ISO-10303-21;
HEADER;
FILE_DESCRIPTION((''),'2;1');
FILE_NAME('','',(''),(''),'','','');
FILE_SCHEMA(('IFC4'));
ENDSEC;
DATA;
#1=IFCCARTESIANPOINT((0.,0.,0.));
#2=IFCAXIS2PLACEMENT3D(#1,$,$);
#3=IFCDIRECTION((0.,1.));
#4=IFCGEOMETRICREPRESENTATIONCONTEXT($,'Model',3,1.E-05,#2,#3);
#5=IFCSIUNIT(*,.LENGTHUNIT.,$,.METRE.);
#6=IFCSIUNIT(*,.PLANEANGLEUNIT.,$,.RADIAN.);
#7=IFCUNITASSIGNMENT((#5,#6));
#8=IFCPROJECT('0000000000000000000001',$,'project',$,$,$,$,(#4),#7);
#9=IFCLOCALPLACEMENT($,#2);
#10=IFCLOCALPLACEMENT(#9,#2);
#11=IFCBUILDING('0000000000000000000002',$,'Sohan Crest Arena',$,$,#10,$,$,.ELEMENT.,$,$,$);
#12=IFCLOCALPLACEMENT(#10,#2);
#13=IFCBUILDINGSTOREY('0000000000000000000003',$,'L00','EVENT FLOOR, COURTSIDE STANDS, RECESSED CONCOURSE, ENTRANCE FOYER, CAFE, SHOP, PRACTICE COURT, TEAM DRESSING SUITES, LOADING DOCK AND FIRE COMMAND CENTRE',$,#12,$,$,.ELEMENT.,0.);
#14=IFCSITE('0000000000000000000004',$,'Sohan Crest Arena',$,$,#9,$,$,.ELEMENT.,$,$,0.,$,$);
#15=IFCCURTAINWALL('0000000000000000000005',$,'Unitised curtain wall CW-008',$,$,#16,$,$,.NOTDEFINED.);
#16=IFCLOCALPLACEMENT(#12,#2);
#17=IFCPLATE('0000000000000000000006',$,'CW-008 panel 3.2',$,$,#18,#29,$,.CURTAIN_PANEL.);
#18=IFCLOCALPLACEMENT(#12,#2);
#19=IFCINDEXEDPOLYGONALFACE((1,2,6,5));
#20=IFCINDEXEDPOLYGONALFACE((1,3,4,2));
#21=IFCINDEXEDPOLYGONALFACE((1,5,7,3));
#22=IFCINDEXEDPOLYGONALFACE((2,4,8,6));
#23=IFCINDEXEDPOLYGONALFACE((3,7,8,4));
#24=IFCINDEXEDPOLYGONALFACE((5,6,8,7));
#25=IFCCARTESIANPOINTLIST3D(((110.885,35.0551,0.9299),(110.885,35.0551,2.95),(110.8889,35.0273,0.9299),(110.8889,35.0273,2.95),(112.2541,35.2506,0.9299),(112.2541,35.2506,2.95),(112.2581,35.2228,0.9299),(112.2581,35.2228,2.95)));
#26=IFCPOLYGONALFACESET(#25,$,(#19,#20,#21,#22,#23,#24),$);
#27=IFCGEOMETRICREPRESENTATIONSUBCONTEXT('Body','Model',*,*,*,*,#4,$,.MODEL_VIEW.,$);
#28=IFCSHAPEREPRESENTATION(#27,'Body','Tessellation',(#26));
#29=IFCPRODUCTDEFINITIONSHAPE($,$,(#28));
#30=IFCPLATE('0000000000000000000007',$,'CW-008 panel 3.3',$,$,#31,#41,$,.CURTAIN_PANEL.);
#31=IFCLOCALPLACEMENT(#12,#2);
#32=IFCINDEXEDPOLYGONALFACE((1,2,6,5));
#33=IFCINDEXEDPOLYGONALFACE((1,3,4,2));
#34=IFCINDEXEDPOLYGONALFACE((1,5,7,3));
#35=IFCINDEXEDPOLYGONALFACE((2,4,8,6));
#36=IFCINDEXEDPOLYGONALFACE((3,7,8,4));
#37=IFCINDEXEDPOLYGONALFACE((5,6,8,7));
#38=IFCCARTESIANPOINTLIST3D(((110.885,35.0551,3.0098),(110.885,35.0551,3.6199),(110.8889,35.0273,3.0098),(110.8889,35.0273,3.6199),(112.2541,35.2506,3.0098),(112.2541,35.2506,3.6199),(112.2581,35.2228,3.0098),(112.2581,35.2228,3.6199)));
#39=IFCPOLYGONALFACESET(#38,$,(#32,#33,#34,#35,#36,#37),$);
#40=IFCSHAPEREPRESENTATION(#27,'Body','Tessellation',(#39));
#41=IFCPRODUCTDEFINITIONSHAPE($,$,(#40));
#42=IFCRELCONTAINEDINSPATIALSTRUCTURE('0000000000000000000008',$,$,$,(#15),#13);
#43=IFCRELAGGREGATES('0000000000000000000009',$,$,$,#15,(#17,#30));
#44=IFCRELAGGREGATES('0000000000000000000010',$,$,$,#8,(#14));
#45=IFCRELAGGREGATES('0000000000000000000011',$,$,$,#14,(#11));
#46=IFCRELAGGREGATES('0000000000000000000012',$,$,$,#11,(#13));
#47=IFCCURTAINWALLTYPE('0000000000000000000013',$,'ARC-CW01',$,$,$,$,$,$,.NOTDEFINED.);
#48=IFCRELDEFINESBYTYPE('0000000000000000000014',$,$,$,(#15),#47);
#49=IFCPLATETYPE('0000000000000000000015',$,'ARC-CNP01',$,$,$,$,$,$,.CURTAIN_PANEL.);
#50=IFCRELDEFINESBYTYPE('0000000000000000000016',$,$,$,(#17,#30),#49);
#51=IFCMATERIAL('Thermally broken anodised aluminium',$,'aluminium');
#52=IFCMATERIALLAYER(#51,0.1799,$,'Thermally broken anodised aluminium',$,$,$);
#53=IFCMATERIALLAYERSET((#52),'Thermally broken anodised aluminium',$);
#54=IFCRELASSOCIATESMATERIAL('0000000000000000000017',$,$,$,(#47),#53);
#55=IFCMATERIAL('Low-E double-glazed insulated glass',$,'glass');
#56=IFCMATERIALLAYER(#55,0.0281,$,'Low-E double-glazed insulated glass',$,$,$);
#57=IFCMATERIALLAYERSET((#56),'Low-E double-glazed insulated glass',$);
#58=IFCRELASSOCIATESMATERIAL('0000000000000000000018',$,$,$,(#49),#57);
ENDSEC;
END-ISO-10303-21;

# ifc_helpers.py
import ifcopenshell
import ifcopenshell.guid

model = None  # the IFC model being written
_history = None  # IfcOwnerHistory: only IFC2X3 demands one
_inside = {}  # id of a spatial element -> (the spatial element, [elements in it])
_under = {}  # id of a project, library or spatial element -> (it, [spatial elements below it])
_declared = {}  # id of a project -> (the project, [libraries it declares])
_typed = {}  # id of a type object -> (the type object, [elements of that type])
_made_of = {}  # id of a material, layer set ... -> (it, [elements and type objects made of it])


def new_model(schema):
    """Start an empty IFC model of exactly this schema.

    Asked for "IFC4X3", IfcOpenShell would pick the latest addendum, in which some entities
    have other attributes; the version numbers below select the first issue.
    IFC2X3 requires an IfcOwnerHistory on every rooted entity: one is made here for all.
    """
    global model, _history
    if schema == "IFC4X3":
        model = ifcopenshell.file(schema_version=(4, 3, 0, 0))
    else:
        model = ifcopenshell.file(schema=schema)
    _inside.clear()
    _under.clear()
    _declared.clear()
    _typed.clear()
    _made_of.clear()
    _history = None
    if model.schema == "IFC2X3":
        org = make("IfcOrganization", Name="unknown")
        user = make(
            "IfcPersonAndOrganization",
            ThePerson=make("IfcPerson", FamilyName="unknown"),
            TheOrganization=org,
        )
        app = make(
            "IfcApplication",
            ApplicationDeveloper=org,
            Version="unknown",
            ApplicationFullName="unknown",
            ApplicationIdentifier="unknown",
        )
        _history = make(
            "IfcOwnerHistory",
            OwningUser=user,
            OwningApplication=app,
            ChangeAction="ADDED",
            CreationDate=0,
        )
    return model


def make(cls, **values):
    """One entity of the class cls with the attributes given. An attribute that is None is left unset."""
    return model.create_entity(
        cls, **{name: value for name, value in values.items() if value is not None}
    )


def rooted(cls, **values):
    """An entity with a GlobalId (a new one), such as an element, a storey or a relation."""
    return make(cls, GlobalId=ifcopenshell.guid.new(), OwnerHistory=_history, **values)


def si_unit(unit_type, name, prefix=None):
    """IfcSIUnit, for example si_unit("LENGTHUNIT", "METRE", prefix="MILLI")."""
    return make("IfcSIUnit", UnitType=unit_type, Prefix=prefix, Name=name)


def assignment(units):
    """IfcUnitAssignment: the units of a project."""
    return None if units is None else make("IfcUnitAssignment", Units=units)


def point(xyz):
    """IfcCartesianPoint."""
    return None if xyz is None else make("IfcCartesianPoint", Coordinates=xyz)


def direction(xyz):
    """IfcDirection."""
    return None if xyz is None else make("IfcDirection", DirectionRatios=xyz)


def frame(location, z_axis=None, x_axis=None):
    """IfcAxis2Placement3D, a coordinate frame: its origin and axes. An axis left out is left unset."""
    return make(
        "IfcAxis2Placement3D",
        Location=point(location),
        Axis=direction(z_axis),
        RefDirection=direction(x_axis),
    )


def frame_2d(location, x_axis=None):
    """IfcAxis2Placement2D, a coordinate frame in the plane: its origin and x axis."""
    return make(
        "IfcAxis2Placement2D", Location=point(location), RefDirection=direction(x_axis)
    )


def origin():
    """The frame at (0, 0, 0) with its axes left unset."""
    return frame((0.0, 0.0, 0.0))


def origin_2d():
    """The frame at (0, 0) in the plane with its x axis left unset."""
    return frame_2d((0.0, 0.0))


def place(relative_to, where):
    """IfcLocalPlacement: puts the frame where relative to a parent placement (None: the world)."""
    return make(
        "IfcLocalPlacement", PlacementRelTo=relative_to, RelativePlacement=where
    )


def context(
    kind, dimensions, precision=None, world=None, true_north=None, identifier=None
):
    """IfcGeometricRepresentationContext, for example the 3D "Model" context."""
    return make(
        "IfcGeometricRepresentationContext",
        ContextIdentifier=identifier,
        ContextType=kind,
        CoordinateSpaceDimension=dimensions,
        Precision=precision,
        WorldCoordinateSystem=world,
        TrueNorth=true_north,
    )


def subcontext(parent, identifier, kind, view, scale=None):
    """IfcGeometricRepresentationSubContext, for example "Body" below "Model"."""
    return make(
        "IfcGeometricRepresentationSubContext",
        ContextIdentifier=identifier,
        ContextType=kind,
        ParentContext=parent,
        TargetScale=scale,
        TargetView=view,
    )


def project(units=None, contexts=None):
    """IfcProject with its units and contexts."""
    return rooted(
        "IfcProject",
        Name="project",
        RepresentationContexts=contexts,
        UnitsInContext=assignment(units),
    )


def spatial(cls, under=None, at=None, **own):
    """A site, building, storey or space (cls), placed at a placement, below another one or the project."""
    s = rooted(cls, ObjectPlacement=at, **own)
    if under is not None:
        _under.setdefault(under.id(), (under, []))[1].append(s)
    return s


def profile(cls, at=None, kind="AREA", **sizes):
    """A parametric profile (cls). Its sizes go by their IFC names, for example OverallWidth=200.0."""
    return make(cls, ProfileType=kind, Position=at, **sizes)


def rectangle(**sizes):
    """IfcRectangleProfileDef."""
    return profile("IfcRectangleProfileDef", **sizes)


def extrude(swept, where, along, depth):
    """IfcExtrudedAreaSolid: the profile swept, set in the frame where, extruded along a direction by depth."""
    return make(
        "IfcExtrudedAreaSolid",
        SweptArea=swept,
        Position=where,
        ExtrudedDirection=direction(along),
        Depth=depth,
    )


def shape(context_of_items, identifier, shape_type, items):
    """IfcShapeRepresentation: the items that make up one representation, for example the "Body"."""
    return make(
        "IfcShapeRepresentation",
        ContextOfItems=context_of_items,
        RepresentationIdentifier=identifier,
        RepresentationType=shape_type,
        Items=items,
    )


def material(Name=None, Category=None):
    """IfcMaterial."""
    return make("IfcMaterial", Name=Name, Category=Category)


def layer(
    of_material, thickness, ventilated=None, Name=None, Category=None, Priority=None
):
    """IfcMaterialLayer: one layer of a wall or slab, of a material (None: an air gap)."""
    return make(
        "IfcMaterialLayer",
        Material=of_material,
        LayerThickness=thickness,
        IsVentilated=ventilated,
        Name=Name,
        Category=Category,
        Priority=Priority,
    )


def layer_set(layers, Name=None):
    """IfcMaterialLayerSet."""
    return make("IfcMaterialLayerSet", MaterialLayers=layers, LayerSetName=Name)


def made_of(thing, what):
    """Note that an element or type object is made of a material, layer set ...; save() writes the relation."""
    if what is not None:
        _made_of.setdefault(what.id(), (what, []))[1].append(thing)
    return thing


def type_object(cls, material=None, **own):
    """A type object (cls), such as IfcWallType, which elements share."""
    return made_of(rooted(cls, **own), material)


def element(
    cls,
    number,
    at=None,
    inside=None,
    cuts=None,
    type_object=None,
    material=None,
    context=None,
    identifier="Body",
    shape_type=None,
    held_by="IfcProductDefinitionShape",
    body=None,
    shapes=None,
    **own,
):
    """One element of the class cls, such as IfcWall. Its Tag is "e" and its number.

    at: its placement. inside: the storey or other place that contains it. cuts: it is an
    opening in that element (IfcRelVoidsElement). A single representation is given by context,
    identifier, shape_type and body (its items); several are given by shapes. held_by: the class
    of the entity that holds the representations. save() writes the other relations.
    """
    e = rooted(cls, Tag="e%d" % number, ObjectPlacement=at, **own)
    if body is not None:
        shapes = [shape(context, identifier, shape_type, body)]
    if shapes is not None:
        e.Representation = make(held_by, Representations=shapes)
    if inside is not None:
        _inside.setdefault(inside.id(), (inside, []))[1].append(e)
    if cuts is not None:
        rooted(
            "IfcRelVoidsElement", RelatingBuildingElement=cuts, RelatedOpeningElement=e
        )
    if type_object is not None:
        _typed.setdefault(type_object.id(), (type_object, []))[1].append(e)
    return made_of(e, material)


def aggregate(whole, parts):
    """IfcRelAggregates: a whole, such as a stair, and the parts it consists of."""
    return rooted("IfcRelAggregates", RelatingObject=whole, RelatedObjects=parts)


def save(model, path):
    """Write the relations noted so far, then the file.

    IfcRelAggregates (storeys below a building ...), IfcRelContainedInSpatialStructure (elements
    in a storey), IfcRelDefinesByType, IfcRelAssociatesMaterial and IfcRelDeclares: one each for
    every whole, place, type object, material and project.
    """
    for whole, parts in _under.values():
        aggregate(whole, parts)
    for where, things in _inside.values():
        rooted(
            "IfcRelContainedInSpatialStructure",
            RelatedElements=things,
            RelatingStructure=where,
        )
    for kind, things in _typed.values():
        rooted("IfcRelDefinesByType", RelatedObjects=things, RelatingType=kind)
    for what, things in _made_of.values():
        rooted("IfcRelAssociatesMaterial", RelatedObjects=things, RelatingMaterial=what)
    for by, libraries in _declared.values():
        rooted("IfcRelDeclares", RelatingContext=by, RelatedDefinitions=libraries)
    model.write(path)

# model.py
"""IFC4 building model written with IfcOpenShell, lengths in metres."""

from ifc_helpers import new_model, si_unit, direction, frame, origin, origin_2d, place, context, subcontext, project, spatial, rectangle, extrude, material, layer, layer_set, type_object, element, aggregate, save


model = new_model("IFC4")

# Units and contexts
model_context = context("Model", 3, precision=1e-05, world=origin(), true_north=direction((0.0, 1.0)))
body_context = subcontext(model_context, "Body", "Model", "MODEL_VIEW")
ifc_project = project(units=[si_unit("LENGTHUNIT", "METRE"), si_unit("PLANEANGLEUNIT", "RADIAN")], contexts=[model_context])

# Site, building, storey
site_placement = place(None, origin())
site = spatial("IfcSite", under=ifc_project, at=site_placement, Name="Sohan Crest Arena", CompositionType="ELEMENT", RefElevation=0.0)
building_placement = place(site_placement, origin())
building = spatial("IfcBuilding", under=site, at=building_placement, Name="Sohan Crest Arena", CompositionType="ELEMENT")
storey_placement = place(building_placement, origin())
storey = spatial("IfcBuildingStorey", under=building, at=storey_placement, Name="L00", Description="EVENT FLOOR, COURTSIDE STANDS, RECESSED CONCOURSE, ENTRANCE FOYER, CAFE, SHOP, PRACTICE COURT, TEAM DRESSING SUITES, LOADING DOCK AND FIRE COMMAND CENTRE", CompositionType="ELEMENT", Elevation=0.0)

# Curtain wall
ifc_material_1 = material(Name="Thermally broken anodised aluminium", Category="aluminium")
ifc_layer_1 = layer(ifc_material_1, 0.1799, Name="Thermally broken anodised aluminium")
ifc_layer_set_1 = layer_set([ifc_layer_1], Name="Thermally broken anodised aluminium")
curtain_wall_type = type_object("IfcCurtainWallType", Name="ARC-CW01", PredefinedType="NOTDEFINED", material=ifc_layer_set_1)
curtain_wall_placement = place(storey_placement, origin())
curtain_wall = element("IfcCurtainWall", 1, at=curtain_wall_placement, inside=storey, type_object=curtain_wall_type, Name="Unitised curtain wall CW-008", PredefinedType="NOTDEFINED")

# Plates
ifc_material_2 = material(Name="Low-E double-glazed insulated glass", Category="glass")
ifc_layer_2 = layer(ifc_material_2, 0.0281, Name="Low-E double-glazed insulated glass")
ifc_layer_set_2 = layer_set([ifc_layer_2], Name="Low-E double-glazed insulated glass")
plate_type = type_object("IfcPlateType", Name="ARC-CNP01", PredefinedType="CURTAIN_PANEL", material=ifc_layer_set_2)
plate_1_placement = place(storey_placement, frame((111.5715, 35.1389, 0.9299), z_axis=(0.0, 0.0, 1.0), x_axis=(0.989957, 0.141366, 0.0)))
plate_1 = element("IfcPlate", 2, at=plate_1_placement, type_object=plate_type, Name="CW-008 panel 3.2", PredefinedType="CURTAIN_PANEL", context=body_context, shape_type="SweptSolid", body=[
    extrude(rectangle(XDim=1.3831, YDim=0.0281, at=origin_2d()), origin(), (0.0, 0.0, 1.0), 2.02),
])
plate_2_placement = place(storey_placement, frame((111.5715, 35.1389, 3.0098), z_axis=(0.0, 0.0, 1.0), x_axis=(0.989957, 0.141366, 0.0)))
plate_2 = element("IfcPlate", 3, at=plate_2_placement, type_object=plate_type, Name="CW-008 panel 3.3", PredefinedType="CURTAIN_PANEL", context=body_context, shape_type="SweptSolid", body=[
    extrude(rectangle(XDim=1.3831, YDim=0.0281, at=origin_2d()), origin(), (0.0, 0.0, 1.0), 0.6101),
])
aggregate(curtain_wall, [plate_1, plate_2])

save(model, "model.ifc")
